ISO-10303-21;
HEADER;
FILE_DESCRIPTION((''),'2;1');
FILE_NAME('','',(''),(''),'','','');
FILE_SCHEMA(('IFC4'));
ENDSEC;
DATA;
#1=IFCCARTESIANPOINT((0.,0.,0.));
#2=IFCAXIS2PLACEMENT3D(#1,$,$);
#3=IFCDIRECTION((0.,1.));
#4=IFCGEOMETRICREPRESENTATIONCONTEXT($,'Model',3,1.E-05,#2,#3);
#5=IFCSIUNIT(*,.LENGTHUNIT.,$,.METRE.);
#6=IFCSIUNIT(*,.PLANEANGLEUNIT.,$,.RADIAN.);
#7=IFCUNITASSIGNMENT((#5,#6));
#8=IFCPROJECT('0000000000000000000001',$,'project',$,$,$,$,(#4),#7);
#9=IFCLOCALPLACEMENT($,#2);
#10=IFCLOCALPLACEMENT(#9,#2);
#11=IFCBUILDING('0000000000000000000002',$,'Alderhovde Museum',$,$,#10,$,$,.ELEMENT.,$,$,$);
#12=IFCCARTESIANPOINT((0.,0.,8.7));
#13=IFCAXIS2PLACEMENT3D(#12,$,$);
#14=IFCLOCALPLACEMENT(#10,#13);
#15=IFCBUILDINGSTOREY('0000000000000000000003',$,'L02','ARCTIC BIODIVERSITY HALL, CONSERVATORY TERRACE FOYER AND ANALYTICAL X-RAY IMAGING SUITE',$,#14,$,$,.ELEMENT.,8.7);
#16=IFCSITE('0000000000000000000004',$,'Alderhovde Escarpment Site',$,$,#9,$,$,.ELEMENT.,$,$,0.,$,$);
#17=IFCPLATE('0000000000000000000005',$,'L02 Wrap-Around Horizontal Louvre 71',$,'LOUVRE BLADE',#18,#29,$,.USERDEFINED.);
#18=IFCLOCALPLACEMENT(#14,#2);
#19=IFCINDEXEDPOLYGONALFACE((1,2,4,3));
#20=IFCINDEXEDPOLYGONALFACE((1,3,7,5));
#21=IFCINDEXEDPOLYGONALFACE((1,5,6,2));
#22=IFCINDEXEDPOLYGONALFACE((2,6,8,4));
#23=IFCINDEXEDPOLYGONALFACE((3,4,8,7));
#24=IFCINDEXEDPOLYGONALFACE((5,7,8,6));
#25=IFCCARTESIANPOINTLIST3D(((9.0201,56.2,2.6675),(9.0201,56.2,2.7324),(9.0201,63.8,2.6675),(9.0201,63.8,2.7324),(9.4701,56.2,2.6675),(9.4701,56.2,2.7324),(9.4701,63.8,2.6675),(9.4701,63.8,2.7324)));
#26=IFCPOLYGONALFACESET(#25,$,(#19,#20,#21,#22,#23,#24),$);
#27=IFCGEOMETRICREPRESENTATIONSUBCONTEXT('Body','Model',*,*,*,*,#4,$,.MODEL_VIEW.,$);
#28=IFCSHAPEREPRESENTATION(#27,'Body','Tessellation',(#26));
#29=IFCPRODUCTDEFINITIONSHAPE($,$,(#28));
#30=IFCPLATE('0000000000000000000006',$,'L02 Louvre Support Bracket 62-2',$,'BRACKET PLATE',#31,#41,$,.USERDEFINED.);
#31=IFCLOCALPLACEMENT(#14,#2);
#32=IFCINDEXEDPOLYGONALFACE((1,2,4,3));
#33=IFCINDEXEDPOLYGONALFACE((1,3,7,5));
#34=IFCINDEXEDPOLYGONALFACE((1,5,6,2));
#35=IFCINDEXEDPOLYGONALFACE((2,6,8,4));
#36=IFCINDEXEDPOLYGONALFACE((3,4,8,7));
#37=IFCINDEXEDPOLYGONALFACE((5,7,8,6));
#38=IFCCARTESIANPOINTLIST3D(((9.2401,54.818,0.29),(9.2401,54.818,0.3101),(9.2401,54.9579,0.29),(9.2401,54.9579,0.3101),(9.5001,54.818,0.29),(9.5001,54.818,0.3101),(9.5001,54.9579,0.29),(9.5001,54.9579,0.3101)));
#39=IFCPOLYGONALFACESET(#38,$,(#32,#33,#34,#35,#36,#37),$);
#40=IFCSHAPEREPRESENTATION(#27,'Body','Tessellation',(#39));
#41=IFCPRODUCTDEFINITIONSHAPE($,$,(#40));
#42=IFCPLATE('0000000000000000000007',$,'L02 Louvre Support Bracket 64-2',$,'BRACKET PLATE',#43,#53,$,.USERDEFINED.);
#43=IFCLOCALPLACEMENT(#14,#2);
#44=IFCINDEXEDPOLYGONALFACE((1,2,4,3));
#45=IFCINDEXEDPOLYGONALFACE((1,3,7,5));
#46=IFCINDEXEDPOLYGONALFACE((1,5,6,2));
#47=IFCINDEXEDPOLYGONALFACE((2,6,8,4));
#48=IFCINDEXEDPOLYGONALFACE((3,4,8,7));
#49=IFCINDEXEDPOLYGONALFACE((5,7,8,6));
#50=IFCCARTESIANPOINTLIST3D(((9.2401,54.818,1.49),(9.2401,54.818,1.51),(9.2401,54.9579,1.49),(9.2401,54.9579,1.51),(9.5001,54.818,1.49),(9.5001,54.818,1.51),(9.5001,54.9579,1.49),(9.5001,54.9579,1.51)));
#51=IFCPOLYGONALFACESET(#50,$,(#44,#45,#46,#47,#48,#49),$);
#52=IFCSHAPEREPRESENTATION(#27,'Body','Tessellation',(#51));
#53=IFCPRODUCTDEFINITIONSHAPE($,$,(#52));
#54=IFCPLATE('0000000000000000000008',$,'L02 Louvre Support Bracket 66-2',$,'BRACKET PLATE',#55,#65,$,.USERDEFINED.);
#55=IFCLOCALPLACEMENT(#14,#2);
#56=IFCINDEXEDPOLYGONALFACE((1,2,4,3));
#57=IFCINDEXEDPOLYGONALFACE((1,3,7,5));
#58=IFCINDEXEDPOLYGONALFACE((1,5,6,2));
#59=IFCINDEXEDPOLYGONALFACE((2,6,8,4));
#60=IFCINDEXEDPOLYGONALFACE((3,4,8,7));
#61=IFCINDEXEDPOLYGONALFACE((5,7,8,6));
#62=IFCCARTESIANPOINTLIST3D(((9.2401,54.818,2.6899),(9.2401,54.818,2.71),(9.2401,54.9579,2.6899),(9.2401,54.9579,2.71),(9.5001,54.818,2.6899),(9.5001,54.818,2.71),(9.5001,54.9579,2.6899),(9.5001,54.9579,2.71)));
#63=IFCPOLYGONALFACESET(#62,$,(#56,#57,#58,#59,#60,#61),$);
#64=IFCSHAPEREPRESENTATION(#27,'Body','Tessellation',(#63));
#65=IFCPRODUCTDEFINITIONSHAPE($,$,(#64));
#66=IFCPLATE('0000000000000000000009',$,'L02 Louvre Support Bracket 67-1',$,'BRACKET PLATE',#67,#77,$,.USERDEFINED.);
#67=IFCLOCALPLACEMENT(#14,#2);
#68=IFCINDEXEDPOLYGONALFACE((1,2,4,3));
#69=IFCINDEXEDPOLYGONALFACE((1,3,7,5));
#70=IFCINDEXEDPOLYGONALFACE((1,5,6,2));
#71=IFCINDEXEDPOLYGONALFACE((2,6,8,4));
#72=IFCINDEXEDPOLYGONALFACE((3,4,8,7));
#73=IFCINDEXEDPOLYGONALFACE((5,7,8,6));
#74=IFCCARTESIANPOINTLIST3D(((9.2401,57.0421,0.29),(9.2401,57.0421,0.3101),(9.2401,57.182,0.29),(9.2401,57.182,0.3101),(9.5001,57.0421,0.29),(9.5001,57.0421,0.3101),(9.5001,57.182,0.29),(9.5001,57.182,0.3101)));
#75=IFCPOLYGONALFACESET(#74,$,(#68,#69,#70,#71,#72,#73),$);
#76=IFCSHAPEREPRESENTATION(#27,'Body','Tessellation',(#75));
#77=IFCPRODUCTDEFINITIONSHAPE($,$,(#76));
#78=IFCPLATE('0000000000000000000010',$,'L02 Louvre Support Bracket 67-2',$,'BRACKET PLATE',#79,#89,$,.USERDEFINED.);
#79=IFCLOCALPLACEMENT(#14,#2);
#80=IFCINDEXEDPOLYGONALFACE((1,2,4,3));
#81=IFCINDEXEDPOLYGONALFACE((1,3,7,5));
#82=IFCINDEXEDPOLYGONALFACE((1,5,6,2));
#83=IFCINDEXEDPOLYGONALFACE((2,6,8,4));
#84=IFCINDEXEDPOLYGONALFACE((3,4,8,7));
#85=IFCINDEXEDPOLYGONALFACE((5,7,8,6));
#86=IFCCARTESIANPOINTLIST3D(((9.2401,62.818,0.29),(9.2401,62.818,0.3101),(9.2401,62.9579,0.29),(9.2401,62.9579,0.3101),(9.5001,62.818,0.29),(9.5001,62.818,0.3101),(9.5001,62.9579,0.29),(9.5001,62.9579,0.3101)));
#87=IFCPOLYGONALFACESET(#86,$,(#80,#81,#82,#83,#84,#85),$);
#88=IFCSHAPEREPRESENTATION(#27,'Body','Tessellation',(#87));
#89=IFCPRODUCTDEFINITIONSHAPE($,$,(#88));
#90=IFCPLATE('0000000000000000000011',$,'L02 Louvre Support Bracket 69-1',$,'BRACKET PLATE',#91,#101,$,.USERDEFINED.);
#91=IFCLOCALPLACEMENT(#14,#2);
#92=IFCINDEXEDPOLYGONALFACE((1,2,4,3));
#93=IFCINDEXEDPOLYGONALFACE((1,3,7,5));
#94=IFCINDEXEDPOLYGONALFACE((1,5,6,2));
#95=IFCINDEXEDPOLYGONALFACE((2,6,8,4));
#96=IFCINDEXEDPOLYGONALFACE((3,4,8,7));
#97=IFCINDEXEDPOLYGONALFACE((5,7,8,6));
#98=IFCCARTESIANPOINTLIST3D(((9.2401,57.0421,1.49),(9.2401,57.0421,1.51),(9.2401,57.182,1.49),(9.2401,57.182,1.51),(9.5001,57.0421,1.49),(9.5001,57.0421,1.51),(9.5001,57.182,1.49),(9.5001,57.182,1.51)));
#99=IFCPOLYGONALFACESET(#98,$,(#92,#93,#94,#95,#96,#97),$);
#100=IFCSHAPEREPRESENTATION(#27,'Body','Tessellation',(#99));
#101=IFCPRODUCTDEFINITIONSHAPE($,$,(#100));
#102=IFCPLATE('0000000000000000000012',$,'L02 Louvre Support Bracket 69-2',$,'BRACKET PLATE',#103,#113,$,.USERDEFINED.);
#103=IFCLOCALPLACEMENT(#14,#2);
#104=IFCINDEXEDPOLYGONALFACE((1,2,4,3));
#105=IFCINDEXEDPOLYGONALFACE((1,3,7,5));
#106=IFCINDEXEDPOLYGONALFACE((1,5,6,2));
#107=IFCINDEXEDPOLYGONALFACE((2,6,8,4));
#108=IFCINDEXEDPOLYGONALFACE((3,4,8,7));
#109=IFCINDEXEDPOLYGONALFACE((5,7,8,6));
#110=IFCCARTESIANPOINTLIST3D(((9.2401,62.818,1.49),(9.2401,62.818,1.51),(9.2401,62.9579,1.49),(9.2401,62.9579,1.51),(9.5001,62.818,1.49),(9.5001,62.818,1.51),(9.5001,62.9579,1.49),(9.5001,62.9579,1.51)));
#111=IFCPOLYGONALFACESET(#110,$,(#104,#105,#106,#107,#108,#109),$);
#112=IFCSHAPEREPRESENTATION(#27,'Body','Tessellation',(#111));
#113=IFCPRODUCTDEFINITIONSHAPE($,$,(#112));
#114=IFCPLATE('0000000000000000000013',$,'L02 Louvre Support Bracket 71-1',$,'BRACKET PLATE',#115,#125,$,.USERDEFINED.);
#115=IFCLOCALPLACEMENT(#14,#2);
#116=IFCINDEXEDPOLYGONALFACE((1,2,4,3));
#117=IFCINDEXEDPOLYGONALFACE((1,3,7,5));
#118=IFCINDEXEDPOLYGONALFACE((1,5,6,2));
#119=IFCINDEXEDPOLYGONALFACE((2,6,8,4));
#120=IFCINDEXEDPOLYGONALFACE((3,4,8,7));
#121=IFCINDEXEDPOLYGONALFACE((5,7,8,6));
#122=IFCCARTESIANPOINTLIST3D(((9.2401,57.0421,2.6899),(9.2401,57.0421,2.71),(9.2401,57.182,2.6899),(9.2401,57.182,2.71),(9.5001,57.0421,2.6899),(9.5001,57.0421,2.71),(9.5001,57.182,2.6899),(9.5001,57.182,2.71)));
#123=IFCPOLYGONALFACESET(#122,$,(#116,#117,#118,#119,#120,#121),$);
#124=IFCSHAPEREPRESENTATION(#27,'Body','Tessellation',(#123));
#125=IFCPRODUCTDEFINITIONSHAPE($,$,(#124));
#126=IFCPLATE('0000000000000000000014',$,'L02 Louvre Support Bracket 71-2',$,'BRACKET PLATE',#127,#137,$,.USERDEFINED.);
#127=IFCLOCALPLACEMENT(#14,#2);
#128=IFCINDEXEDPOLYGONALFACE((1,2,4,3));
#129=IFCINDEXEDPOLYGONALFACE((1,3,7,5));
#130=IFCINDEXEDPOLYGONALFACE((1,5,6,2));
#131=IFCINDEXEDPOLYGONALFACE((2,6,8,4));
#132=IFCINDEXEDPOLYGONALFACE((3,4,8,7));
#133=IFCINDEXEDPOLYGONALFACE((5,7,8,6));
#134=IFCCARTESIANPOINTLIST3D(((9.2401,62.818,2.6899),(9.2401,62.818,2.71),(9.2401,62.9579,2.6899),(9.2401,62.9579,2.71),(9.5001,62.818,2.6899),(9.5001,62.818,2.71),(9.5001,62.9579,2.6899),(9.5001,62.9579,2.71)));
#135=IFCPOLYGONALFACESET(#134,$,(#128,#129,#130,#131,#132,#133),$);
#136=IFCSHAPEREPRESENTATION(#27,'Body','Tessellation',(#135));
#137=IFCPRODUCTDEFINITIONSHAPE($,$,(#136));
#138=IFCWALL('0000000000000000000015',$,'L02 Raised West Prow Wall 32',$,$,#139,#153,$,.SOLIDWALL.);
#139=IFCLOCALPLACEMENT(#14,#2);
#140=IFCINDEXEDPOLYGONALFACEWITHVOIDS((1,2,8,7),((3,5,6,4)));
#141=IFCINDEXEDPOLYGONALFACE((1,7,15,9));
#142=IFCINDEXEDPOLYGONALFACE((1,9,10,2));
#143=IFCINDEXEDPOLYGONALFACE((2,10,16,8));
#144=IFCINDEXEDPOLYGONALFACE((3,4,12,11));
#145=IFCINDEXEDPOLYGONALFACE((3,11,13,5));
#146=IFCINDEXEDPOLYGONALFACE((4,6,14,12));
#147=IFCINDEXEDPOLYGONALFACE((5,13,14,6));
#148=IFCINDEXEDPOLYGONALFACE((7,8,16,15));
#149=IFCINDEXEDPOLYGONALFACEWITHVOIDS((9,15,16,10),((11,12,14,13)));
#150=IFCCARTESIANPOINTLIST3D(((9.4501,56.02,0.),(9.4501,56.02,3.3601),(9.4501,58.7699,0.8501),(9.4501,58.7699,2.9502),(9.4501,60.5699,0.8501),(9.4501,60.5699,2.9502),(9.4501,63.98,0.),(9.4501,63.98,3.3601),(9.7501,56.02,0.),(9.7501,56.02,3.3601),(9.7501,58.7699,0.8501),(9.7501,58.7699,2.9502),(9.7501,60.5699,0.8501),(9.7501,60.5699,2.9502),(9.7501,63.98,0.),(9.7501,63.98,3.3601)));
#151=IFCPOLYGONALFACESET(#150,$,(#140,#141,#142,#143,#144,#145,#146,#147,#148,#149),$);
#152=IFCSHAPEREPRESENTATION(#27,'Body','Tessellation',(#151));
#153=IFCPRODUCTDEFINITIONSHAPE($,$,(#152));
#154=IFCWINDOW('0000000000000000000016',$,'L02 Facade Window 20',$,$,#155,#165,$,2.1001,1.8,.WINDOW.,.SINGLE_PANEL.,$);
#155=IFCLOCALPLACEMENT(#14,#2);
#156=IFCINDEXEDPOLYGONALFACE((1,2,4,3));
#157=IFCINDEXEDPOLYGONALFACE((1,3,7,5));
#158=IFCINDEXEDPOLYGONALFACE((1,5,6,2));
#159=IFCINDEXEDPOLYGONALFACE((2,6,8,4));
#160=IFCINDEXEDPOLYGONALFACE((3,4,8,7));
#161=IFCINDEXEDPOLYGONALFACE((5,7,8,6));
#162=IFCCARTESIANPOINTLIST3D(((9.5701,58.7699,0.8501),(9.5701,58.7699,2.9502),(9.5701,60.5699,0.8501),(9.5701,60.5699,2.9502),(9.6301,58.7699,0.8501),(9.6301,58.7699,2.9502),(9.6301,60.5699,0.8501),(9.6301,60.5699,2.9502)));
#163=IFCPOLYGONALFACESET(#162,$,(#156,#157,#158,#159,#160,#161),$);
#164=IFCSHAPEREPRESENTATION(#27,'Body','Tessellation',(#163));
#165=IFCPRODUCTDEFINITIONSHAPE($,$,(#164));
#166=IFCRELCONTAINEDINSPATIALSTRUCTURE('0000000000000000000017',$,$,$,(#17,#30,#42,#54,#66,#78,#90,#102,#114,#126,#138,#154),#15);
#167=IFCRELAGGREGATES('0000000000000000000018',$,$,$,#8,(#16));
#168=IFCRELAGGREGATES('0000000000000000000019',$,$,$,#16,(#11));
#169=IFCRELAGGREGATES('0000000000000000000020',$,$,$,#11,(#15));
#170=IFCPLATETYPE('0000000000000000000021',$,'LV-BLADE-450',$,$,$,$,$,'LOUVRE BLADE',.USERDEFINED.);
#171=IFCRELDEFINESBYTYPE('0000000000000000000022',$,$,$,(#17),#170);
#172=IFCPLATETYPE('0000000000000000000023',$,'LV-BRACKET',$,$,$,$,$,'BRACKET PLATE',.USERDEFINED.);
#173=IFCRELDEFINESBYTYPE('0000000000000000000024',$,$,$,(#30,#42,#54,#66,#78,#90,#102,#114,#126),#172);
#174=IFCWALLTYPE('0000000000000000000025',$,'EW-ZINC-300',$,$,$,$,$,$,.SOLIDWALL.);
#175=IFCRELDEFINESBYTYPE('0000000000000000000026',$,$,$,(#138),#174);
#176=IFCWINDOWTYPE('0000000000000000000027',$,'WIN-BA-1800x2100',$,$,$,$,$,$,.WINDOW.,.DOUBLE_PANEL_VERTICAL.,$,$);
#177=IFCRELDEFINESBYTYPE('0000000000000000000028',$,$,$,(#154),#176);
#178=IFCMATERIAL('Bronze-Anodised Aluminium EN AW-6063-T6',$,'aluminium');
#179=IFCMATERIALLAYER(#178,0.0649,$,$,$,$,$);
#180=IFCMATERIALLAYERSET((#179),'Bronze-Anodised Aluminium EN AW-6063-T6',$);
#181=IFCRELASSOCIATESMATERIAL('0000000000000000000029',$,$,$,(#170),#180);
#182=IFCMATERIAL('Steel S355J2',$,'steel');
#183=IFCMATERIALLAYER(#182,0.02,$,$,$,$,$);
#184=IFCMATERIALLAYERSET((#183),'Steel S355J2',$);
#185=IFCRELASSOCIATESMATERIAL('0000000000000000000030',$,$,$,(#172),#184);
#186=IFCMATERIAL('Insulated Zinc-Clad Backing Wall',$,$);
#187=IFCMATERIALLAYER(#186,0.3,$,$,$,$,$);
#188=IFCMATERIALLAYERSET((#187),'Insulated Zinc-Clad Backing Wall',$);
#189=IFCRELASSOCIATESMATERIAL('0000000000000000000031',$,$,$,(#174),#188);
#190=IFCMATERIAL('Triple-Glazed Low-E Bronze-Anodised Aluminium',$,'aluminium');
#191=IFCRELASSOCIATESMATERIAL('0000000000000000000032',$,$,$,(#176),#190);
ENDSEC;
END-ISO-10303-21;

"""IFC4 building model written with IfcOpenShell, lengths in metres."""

from ifc_helpers import new_model, si_unit, direction, frame, frame_2d, origin, origin_2d, place, context, subcontext, project, spatial, rectangle, extrude, material, layer, layer_set, type_object, element, fill, save


model = new_model("IFC4")

# Units and contexts
model_context = context("Model", 3, precision=1e-05, world=origin(), true_north=direction((0.0, 1.0)))
body_context = subcontext(model_context, "Body", "Model", "MODEL_VIEW")
ifc_project = project(units=[si_unit("LENGTHUNIT", "METRE"), si_unit("PLANEANGLEUNIT", "RADIAN")], contexts=[model_context])

# Site, building, storey
site_placement = place(None, origin())
site = spatial("IfcSite", under=ifc_project, at=site_placement, Name="Alderhovde Escarpment Site", CompositionType="ELEMENT", RefElevation=0.0)
building_placement = place(site_placement, origin())
building = spatial("IfcBuilding", under=site, at=building_placement, Name="Alderhovde Museum", CompositionType="ELEMENT")
storey_placement = place(building_placement, frame((0.0, 0.0, 8.7)))
storey = spatial("IfcBuildingStorey", under=building, at=storey_placement, Name="L02", Description="ARCTIC BIODIVERSITY HALL, CONSERVATORY TERRACE FOYER AND ANALYTICAL X-RAY IMAGING SUITE", CompositionType="ELEMENT", Elevation=8.7)

# Plates
ifc_material_1 = material(Name="Bronze-Anodised Aluminium EN AW-6063-T6", Category="aluminium")
ifc_layer_1 = layer(ifc_material_1, 0.0649)
ifc_layer_set_1 = layer_set([ifc_layer_1], Name="Bronze-Anodised Aluminium EN AW-6063-T6")
plate_type_1 = type_object("IfcPlateType", Name="LV-BLADE-450", ElementType="LOUVRE BLADE", PredefinedType="USERDEFINED", material=ifc_layer_set_1)
for number, where, z_axis, x_axis, name in (
    (1, (9.2451, 60.0, 2.6675), (0.0, 0.0, 1.0), (0.0, 1.0, 0.0), "L02 Wrap-Around Horizontal Louvre 71"),
):
    element("IfcPlate", number, at=place(storey_placement, frame(where, z_axis=z_axis, x_axis=x_axis)), inside=storey, type_object=plate_type_1, Name=name, ObjectType="LOUVRE BLADE", PredefinedType="USERDEFINED", context=body_context, shape_type="SweptSolid", body=[
        extrude(rectangle(XDim=7.6001, YDim=0.45, at=origin_2d()), origin(), (0.0, 0.0, 1.0), 0.0649),
    ])
ifc_material_2 = material(Name="Steel S355J2", Category="steel")
ifc_layer_2 = layer(ifc_material_2, 0.02)
ifc_layer_set_2 = layer_set([ifc_layer_2], Name="Steel S355J2")
plate_type_2 = type_object("IfcPlateType", Name="LV-BRACKET", ElementType="BRACKET PLATE", PredefinedType="USERDEFINED", material=ifc_layer_set_2)
for number, where, z_axis, x_axis, name in (
    (2, (9.3701, 54.8879, 0.29), (0.0, 0.0, 1.0), (0.0, 1.0, 0.0), "L02 Louvre Support Bracket 62-2"),
    (3, (9.3701, 54.8879, 1.49), (0.0, 0.0, 1.0), (0.0, 1.0, 0.0), "L02 Louvre Support Bracket 64-2"),
    (4, (9.3701, 54.8879, 2.6899), (0.0, 0.0, 1.0), (0.0, 1.0, 0.0), "L02 Louvre Support Bracket 66-2"),
    (5, (9.3701, 57.1121, 0.29), (0.0, 0.0, 1.0), (0.0, 1.0, 0.0), "L02 Louvre Support Bracket 67-1"),
    (6, (9.3701, 62.8879, 0.29), (0.0, 0.0, 1.0), (0.0, 1.0, 0.0), "L02 Louvre Support Bracket 67-2"),
    (7, (9.3701, 57.1121, 1.49), (0.0, 0.0, 1.0), (0.0, 1.0, 0.0), "L02 Louvre Support Bracket 69-1"),
    (8, (9.3701, 62.8879, 1.49), (0.0, 0.0, 1.0), (0.0, 1.0, 0.0), "L02 Louvre Support Bracket 69-2"),
    (9, (9.3701, 57.1121, 2.6899), (0.0, 0.0, 1.0), (0.0, 1.0, 0.0), "L02 Louvre Support Bracket 71-1"),
    (10, (9.3701, 62.8879, 2.6899), (0.0, 0.0, 1.0), (0.0, 1.0, 0.0), "L02 Louvre Support Bracket 71-2"),
):
    element("IfcPlate", number, at=place(storey_placement, frame(where, z_axis=z_axis, x_axis=x_axis)), inside=storey, type_object=plate_type_2, Name=name, ObjectType="BRACKET PLATE", PredefinedType="USERDEFINED", context=body_context, shape_type="SweptSolid", body=[
        extrude(rectangle(XDim=0.1399, YDim=0.26, at=origin_2d()), origin(), (0.0, 0.0, 1.0), 0.02),
    ])

# Wall, opening, window
ifc_material_3 = material(Name="Insulated Zinc-Clad Backing Wall")
ifc_layer_3 = layer(ifc_material_3, 0.3)
ifc_layer_set_3 = layer_set([ifc_layer_3], Name="Insulated Zinc-Clad Backing Wall")
wall_type = type_object("IfcWallType", Name="EW-ZINC-300", PredefinedType="SOLIDWALL", material=ifc_layer_set_3)
wall_placement = place(storey_placement, frame((9.6001, 56.02, 0.0), z_axis=(0.0, 0.0, 1.0), x_axis=(0.0, 1.0, 0.0)))
wall = element("IfcWall", 11, at=wall_placement, inside=storey, type_object=wall_type, Name="L02 Raised West Prow Wall 32", PredefinedType="SOLIDWALL", context=body_context, shape_type="SweptSolid", body=[
    extrude(rectangle(XDim=7.96, YDim=0.3, at=frame_2d((3.98, 0.0))), origin(), (0.0, 0.0, 1.0), 3.3601),
])
opening_placement = place(wall_placement, frame((2.75, 0.0, 0.8501)))
opening = element("IfcOpeningElement", 12, at=opening_placement, cuts=wall, PredefinedType="OPENING", context=body_context, shape_type="SweptSolid", body=[
    extrude(rectangle(XDim=1.8, YDim=2.1001, at=frame_2d((0.8999, 1.05))), frame((0.0, 0.1599, 0.0), z_axis=(0.0, -1.0, 0.0), x_axis=(1.0, 0.0, 0.0)), (0.0, 0.0, 1.0), 0.3201),
])
ifc_material_4 = material(Name="Triple-Glazed Low-E Bronze-Anodised Aluminium", Category="aluminium")
window_type = type_object("IfcWindowType", Name="WIN-BA-1800x2100", PartitioningType="DOUBLE_PANEL_VERTICAL", PredefinedType="WINDOW", material=ifc_material_4)
window_placement = place(opening_placement, origin())
window = element("IfcWindow", 13, at=window_placement, inside=storey, type_object=window_type, Name="L02 Facade Window 20", OverallHeight=2.1001, OverallWidth=1.8, PartitioningType="SINGLE_PANEL", PredefinedType="WINDOW", context=body_context, shape_type="SweptSolid", body=[
    extrude(rectangle(XDim=1.8, YDim=2.1001, at=frame_2d((0.8999, 1.05))), frame((0.0, 0.03, 0.0), z_axis=(0.0, -1.0, 0.0), x_axis=(1.0, 0.0, 0.0)), (0.0, 0.0, 1.0), 0.0601),
])
fill(opening, window)

save(model, "model.ifc")
